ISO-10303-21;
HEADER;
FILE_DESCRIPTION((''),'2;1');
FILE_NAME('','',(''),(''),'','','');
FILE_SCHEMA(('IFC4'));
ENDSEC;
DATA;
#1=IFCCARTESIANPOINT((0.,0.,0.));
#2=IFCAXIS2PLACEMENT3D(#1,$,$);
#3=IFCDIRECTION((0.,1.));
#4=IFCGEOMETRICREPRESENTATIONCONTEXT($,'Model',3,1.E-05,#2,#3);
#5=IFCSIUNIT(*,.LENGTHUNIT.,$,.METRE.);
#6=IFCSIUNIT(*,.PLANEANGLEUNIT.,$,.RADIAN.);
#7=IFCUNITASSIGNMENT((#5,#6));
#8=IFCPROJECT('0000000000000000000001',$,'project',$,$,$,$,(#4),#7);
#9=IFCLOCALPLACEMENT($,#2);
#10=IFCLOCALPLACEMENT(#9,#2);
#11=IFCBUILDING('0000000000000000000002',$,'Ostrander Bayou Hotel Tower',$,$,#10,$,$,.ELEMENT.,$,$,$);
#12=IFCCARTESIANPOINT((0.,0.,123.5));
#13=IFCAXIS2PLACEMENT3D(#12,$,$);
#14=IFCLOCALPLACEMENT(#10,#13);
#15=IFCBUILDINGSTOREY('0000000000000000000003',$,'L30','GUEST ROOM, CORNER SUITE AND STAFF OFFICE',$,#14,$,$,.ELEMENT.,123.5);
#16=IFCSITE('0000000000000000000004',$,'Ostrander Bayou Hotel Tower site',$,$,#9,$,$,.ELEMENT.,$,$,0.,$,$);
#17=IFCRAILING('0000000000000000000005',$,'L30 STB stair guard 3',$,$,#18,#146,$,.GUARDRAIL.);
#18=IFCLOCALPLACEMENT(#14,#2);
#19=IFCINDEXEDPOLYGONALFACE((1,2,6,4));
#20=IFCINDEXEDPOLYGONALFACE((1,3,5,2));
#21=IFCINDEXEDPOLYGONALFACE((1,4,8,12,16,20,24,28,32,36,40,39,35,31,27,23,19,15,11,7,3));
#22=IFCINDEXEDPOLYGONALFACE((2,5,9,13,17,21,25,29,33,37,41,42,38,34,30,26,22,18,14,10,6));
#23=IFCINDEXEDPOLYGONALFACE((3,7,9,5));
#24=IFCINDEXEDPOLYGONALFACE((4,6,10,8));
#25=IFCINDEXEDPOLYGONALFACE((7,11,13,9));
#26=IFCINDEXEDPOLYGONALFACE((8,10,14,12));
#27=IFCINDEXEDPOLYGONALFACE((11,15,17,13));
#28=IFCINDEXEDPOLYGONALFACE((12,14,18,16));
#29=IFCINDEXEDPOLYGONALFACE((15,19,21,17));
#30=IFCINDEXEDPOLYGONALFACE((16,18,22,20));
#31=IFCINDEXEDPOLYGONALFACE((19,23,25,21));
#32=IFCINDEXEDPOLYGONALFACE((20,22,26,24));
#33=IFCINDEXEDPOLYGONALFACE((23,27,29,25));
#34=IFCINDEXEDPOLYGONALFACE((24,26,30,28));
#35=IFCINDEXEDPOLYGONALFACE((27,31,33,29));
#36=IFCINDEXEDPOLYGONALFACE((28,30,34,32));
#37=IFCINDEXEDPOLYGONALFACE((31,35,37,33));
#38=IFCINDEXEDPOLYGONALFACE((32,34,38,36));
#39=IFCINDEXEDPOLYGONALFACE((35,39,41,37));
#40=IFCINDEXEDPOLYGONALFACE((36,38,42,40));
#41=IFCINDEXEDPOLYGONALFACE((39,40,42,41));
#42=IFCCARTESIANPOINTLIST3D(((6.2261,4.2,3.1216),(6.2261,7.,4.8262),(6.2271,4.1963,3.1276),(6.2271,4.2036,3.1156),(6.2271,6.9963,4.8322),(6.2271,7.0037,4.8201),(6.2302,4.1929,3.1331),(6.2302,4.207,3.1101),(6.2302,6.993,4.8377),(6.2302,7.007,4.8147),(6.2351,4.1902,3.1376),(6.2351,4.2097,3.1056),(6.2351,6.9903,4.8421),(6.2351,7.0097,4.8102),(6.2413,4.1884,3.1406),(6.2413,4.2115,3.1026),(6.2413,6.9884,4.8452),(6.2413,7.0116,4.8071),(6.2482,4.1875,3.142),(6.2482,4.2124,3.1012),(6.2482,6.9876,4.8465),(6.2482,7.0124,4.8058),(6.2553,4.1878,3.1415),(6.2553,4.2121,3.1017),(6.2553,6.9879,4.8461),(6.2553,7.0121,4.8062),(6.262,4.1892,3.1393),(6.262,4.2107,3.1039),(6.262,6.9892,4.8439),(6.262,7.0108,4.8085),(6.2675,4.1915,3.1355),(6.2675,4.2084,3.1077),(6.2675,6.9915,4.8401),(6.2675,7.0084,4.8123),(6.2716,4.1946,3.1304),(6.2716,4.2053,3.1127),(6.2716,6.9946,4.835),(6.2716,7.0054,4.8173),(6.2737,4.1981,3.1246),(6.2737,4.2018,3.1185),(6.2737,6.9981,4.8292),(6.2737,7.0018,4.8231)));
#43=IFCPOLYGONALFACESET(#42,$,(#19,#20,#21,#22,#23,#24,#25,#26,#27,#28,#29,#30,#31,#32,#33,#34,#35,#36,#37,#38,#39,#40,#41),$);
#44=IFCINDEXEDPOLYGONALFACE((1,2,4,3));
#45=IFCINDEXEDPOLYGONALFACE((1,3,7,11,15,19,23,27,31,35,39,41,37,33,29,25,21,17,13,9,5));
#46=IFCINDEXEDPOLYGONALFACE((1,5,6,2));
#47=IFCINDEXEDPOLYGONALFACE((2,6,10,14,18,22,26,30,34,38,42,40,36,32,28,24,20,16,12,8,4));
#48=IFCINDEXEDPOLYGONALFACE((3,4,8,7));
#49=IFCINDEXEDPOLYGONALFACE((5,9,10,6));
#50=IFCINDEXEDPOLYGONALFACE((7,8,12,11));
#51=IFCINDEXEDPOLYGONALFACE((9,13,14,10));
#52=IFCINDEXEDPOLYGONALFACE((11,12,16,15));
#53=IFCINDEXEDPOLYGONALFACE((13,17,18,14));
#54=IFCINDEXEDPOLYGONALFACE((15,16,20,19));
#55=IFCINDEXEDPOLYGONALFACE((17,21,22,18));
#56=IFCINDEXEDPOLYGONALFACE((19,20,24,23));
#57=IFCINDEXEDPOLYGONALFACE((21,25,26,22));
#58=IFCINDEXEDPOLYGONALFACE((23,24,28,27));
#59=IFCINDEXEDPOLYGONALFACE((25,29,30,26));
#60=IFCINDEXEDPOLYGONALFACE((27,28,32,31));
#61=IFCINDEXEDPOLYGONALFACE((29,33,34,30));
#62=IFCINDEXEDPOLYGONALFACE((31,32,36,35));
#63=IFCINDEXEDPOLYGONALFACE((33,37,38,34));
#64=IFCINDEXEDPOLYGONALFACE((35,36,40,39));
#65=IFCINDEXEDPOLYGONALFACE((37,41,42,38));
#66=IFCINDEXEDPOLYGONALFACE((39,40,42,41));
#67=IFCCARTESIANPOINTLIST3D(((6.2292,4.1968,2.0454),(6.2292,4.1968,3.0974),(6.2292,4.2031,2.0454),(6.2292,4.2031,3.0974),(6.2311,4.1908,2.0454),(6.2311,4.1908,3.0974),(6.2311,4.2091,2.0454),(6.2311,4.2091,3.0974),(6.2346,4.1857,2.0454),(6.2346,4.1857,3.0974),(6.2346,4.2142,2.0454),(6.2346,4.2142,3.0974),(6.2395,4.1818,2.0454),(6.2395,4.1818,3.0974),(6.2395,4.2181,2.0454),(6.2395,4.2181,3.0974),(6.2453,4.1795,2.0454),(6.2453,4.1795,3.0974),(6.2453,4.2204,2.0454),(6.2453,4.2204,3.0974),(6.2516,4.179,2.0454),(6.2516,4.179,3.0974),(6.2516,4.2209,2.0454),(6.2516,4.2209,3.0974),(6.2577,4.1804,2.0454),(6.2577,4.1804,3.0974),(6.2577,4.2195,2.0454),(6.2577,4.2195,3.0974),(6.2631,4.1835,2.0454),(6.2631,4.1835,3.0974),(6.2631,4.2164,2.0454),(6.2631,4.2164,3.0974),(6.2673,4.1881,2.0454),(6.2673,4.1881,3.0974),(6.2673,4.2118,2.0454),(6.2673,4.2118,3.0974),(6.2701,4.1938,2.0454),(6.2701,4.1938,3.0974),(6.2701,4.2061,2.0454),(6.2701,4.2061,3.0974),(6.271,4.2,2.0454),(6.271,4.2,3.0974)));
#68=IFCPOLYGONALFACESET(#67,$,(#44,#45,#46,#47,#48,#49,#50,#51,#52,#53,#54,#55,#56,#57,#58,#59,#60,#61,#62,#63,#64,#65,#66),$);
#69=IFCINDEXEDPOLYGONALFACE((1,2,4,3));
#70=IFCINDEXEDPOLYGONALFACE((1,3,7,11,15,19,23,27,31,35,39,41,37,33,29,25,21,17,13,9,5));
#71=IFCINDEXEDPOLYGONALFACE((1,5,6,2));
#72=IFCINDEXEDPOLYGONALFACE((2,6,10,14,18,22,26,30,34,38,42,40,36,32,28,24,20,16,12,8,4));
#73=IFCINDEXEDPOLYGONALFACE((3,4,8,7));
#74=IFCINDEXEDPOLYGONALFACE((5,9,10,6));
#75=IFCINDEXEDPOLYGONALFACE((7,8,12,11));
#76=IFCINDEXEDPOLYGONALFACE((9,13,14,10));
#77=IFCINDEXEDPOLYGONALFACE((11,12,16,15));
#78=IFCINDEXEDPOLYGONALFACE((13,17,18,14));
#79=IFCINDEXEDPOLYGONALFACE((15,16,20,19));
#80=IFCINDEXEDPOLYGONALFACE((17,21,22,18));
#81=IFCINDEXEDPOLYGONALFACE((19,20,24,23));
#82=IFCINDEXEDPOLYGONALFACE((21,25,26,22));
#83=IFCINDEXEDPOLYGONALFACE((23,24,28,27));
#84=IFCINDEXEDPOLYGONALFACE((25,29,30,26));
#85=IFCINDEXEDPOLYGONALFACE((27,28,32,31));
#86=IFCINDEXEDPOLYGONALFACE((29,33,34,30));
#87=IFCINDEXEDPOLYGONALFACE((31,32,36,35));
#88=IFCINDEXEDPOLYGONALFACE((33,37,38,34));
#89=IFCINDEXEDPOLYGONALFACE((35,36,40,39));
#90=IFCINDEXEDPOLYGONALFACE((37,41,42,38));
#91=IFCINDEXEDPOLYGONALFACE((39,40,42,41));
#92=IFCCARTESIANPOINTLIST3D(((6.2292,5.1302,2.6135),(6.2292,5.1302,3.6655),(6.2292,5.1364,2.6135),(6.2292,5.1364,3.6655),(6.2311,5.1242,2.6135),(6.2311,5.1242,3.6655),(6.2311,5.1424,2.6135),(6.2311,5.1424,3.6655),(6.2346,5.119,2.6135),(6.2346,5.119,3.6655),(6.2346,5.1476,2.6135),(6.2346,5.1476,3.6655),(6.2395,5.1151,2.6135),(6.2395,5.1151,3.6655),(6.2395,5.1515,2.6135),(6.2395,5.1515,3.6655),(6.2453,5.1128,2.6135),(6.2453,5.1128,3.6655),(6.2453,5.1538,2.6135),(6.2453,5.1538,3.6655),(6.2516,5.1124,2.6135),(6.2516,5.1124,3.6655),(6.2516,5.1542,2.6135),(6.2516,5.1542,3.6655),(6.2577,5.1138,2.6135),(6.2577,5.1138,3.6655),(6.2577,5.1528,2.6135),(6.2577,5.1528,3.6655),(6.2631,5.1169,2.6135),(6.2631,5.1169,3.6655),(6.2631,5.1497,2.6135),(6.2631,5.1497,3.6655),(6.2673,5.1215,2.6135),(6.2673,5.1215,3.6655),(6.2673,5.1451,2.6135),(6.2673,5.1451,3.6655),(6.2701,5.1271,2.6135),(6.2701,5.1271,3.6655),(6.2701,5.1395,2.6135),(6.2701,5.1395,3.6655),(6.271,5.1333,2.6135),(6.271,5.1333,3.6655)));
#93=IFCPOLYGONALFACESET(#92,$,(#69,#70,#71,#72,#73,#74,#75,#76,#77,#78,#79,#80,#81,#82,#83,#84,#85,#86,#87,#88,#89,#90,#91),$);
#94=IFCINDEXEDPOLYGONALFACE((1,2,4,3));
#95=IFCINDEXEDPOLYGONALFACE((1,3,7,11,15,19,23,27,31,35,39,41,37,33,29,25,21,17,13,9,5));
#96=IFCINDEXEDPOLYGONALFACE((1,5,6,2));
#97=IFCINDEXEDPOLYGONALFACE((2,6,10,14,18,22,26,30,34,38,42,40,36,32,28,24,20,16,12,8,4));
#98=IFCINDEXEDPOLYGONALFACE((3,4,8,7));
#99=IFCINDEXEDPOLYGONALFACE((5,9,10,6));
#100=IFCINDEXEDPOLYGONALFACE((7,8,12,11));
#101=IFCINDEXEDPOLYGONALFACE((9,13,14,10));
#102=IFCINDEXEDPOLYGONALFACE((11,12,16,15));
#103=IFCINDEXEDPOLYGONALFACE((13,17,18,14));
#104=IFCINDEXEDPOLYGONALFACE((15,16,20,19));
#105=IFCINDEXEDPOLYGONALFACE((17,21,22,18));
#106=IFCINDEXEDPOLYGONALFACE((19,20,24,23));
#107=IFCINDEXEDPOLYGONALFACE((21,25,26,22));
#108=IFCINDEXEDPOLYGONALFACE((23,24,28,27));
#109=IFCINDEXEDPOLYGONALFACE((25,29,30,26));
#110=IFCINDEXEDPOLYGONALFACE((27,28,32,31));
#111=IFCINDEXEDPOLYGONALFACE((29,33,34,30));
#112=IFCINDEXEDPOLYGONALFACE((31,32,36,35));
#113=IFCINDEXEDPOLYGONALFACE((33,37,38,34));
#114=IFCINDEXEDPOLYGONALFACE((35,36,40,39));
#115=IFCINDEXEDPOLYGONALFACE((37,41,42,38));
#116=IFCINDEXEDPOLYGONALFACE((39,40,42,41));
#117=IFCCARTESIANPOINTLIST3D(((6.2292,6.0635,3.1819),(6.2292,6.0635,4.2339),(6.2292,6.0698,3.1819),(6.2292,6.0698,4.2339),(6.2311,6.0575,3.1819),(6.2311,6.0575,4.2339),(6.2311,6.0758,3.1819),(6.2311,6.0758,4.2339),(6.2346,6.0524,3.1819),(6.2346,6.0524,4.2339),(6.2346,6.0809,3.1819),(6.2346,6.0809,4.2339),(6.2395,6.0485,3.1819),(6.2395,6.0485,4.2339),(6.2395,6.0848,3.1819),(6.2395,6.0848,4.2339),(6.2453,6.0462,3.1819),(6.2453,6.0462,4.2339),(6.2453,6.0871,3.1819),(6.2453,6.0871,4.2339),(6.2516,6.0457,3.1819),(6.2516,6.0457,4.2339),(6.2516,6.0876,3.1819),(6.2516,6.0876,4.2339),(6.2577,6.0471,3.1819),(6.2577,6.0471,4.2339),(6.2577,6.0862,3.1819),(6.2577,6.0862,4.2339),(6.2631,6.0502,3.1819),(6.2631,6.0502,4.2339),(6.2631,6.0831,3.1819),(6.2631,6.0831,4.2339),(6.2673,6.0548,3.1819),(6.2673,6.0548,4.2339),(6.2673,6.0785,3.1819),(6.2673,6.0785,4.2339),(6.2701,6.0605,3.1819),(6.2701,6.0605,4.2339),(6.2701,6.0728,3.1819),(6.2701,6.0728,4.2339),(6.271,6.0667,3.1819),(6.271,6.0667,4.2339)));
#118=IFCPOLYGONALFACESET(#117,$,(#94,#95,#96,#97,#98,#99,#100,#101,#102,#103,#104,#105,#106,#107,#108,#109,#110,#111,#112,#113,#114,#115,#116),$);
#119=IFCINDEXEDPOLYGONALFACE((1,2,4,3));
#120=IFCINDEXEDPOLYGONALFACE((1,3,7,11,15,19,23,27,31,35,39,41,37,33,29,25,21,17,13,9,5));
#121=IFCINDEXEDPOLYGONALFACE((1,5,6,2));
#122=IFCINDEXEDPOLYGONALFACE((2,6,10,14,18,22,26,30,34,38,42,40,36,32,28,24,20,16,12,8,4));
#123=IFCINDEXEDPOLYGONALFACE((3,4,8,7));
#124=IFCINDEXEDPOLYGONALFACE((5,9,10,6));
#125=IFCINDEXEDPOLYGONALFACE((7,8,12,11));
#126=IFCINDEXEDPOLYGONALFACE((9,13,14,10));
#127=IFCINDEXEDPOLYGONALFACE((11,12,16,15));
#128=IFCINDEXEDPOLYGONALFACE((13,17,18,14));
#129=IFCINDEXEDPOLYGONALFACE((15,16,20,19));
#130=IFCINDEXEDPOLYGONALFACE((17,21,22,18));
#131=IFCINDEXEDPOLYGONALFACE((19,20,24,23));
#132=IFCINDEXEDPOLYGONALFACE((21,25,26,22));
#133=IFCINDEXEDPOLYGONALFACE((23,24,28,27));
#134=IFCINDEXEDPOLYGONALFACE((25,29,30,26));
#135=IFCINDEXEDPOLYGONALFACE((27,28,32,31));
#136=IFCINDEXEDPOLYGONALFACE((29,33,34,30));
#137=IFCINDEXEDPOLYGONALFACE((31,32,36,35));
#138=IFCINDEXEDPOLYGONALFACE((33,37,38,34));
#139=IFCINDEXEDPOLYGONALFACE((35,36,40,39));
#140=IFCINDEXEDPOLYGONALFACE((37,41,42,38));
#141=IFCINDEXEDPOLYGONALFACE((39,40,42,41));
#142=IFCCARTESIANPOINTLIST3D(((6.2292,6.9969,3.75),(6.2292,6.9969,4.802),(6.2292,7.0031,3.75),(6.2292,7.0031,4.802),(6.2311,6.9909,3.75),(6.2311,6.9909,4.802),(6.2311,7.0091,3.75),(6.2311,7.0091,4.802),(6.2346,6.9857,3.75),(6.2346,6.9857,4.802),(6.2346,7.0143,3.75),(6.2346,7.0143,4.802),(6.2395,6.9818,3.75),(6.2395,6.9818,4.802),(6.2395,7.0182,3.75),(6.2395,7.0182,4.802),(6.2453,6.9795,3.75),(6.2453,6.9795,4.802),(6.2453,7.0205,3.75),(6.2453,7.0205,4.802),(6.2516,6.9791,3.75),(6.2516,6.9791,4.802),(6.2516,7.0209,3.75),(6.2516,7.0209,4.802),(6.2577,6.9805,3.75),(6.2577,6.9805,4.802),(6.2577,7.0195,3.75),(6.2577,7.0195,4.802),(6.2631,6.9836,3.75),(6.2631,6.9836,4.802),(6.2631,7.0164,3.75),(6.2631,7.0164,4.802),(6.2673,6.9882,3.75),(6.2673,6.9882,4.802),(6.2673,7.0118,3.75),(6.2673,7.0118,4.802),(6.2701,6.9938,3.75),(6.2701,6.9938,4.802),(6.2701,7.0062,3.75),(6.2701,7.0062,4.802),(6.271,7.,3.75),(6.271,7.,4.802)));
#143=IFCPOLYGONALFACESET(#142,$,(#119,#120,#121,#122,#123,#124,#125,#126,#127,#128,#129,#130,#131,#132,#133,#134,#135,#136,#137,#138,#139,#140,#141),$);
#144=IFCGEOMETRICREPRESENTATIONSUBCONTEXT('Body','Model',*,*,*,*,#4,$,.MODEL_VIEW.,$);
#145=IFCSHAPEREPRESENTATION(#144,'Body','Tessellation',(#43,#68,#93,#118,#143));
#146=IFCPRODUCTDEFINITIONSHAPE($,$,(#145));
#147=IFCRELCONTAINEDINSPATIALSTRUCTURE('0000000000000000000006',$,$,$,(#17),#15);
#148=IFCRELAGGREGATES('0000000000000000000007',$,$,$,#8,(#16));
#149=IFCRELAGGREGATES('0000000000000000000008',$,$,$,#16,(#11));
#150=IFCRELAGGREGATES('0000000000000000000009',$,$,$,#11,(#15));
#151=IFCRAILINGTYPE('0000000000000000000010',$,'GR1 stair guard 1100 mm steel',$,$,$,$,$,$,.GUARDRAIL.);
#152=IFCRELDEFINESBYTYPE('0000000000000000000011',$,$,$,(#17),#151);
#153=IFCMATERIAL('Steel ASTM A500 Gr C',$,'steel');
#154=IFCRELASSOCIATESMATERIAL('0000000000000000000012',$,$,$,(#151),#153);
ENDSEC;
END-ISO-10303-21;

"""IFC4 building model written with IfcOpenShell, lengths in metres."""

from ifc_helpers import new_model, si_unit, direction, frame, origin, origin_2d, place, context, subcontext, project, spatial, circle, extrude, material, type_object, element, save


model = new_model("IFC4")

# Units and contexts
model_context = context("Model", 3, precision=1e-05, world=origin(), true_north=direction((0.0, 1.0)))
body_context = subcontext(model_context, "Body", "Model", "MODEL_VIEW")
ifc_project = project(units=[si_unit("LENGTHUNIT", "METRE"), si_unit("PLANEANGLEUNIT", "RADIAN")], contexts=[model_context])

# Site, building, storey
site_placement = place(None, origin())
site = spatial("IfcSite", under=ifc_project, at=site_placement, Name="Ostrander Bayou Hotel Tower site", CompositionType="ELEMENT", RefElevation=0.0)
building_placement = place(site_placement, origin())
building = spatial("IfcBuilding", under=site, at=building_placement, Name="Ostrander Bayou Hotel Tower", CompositionType="ELEMENT")
storey_placement = place(building_placement, frame((0.0, 0.0, 123.5)))
storey = spatial("IfcBuildingStorey", under=building, at=storey_placement, Name="L30", Description="GUEST ROOM, CORNER SUITE AND STAFF OFFICE", CompositionType="ELEMENT", Elevation=123.5)

# Railing
ifc_material_1 = material(Name="Steel ASTM A500 Gr C", Category="steel")
railing_type_1 = type_object("IfcRailingType", Name="GR1 stair guard 1100 mm steel", PredefinedType="GUARDRAIL", material=ifc_material_1)
railing_1_placement = place(storey_placement, frame((6.25, 4.2, 2.0454)))
element("IfcRailing", 1, at=railing_1_placement, inside=storey, type_object=railing_type_1, Name="L30 STB stair guard 3", PredefinedType="GUARDRAIL", context=body_context, shape_type="SweptSolid", body=[
    extrude(circle(Radius=0.0239, at=origin_2d()), frame((0.0, 0.0, 1.0762), z_axis=(0.0, 0.85417, 0.519994), x_axis=(-1.0, 0.0, 0.0)), (0.0, 0.0, 1.0), 3.2781),
    extrude(circle(Radius=0.021, at=origin_2d()), origin(), (0.0, 0.0, 1.0), 1.052),
    extrude(circle(Radius=0.021, at=origin_2d()), frame((0.0, 0.9333, 0.5681)), (0.0, 0.0, 1.0), 1.052),
    extrude(circle(Radius=0.021, at=origin_2d()), frame((0.0, 1.8667, 1.1365)), (0.0, 0.0, 1.0), 1.052),
    extrude(circle(Radius=0.021, at=origin_2d()), frame((0.0, 2.8, 1.7046)), (0.0, 0.0, 1.0), 1.052),
])

save(model, "model.ifc")
